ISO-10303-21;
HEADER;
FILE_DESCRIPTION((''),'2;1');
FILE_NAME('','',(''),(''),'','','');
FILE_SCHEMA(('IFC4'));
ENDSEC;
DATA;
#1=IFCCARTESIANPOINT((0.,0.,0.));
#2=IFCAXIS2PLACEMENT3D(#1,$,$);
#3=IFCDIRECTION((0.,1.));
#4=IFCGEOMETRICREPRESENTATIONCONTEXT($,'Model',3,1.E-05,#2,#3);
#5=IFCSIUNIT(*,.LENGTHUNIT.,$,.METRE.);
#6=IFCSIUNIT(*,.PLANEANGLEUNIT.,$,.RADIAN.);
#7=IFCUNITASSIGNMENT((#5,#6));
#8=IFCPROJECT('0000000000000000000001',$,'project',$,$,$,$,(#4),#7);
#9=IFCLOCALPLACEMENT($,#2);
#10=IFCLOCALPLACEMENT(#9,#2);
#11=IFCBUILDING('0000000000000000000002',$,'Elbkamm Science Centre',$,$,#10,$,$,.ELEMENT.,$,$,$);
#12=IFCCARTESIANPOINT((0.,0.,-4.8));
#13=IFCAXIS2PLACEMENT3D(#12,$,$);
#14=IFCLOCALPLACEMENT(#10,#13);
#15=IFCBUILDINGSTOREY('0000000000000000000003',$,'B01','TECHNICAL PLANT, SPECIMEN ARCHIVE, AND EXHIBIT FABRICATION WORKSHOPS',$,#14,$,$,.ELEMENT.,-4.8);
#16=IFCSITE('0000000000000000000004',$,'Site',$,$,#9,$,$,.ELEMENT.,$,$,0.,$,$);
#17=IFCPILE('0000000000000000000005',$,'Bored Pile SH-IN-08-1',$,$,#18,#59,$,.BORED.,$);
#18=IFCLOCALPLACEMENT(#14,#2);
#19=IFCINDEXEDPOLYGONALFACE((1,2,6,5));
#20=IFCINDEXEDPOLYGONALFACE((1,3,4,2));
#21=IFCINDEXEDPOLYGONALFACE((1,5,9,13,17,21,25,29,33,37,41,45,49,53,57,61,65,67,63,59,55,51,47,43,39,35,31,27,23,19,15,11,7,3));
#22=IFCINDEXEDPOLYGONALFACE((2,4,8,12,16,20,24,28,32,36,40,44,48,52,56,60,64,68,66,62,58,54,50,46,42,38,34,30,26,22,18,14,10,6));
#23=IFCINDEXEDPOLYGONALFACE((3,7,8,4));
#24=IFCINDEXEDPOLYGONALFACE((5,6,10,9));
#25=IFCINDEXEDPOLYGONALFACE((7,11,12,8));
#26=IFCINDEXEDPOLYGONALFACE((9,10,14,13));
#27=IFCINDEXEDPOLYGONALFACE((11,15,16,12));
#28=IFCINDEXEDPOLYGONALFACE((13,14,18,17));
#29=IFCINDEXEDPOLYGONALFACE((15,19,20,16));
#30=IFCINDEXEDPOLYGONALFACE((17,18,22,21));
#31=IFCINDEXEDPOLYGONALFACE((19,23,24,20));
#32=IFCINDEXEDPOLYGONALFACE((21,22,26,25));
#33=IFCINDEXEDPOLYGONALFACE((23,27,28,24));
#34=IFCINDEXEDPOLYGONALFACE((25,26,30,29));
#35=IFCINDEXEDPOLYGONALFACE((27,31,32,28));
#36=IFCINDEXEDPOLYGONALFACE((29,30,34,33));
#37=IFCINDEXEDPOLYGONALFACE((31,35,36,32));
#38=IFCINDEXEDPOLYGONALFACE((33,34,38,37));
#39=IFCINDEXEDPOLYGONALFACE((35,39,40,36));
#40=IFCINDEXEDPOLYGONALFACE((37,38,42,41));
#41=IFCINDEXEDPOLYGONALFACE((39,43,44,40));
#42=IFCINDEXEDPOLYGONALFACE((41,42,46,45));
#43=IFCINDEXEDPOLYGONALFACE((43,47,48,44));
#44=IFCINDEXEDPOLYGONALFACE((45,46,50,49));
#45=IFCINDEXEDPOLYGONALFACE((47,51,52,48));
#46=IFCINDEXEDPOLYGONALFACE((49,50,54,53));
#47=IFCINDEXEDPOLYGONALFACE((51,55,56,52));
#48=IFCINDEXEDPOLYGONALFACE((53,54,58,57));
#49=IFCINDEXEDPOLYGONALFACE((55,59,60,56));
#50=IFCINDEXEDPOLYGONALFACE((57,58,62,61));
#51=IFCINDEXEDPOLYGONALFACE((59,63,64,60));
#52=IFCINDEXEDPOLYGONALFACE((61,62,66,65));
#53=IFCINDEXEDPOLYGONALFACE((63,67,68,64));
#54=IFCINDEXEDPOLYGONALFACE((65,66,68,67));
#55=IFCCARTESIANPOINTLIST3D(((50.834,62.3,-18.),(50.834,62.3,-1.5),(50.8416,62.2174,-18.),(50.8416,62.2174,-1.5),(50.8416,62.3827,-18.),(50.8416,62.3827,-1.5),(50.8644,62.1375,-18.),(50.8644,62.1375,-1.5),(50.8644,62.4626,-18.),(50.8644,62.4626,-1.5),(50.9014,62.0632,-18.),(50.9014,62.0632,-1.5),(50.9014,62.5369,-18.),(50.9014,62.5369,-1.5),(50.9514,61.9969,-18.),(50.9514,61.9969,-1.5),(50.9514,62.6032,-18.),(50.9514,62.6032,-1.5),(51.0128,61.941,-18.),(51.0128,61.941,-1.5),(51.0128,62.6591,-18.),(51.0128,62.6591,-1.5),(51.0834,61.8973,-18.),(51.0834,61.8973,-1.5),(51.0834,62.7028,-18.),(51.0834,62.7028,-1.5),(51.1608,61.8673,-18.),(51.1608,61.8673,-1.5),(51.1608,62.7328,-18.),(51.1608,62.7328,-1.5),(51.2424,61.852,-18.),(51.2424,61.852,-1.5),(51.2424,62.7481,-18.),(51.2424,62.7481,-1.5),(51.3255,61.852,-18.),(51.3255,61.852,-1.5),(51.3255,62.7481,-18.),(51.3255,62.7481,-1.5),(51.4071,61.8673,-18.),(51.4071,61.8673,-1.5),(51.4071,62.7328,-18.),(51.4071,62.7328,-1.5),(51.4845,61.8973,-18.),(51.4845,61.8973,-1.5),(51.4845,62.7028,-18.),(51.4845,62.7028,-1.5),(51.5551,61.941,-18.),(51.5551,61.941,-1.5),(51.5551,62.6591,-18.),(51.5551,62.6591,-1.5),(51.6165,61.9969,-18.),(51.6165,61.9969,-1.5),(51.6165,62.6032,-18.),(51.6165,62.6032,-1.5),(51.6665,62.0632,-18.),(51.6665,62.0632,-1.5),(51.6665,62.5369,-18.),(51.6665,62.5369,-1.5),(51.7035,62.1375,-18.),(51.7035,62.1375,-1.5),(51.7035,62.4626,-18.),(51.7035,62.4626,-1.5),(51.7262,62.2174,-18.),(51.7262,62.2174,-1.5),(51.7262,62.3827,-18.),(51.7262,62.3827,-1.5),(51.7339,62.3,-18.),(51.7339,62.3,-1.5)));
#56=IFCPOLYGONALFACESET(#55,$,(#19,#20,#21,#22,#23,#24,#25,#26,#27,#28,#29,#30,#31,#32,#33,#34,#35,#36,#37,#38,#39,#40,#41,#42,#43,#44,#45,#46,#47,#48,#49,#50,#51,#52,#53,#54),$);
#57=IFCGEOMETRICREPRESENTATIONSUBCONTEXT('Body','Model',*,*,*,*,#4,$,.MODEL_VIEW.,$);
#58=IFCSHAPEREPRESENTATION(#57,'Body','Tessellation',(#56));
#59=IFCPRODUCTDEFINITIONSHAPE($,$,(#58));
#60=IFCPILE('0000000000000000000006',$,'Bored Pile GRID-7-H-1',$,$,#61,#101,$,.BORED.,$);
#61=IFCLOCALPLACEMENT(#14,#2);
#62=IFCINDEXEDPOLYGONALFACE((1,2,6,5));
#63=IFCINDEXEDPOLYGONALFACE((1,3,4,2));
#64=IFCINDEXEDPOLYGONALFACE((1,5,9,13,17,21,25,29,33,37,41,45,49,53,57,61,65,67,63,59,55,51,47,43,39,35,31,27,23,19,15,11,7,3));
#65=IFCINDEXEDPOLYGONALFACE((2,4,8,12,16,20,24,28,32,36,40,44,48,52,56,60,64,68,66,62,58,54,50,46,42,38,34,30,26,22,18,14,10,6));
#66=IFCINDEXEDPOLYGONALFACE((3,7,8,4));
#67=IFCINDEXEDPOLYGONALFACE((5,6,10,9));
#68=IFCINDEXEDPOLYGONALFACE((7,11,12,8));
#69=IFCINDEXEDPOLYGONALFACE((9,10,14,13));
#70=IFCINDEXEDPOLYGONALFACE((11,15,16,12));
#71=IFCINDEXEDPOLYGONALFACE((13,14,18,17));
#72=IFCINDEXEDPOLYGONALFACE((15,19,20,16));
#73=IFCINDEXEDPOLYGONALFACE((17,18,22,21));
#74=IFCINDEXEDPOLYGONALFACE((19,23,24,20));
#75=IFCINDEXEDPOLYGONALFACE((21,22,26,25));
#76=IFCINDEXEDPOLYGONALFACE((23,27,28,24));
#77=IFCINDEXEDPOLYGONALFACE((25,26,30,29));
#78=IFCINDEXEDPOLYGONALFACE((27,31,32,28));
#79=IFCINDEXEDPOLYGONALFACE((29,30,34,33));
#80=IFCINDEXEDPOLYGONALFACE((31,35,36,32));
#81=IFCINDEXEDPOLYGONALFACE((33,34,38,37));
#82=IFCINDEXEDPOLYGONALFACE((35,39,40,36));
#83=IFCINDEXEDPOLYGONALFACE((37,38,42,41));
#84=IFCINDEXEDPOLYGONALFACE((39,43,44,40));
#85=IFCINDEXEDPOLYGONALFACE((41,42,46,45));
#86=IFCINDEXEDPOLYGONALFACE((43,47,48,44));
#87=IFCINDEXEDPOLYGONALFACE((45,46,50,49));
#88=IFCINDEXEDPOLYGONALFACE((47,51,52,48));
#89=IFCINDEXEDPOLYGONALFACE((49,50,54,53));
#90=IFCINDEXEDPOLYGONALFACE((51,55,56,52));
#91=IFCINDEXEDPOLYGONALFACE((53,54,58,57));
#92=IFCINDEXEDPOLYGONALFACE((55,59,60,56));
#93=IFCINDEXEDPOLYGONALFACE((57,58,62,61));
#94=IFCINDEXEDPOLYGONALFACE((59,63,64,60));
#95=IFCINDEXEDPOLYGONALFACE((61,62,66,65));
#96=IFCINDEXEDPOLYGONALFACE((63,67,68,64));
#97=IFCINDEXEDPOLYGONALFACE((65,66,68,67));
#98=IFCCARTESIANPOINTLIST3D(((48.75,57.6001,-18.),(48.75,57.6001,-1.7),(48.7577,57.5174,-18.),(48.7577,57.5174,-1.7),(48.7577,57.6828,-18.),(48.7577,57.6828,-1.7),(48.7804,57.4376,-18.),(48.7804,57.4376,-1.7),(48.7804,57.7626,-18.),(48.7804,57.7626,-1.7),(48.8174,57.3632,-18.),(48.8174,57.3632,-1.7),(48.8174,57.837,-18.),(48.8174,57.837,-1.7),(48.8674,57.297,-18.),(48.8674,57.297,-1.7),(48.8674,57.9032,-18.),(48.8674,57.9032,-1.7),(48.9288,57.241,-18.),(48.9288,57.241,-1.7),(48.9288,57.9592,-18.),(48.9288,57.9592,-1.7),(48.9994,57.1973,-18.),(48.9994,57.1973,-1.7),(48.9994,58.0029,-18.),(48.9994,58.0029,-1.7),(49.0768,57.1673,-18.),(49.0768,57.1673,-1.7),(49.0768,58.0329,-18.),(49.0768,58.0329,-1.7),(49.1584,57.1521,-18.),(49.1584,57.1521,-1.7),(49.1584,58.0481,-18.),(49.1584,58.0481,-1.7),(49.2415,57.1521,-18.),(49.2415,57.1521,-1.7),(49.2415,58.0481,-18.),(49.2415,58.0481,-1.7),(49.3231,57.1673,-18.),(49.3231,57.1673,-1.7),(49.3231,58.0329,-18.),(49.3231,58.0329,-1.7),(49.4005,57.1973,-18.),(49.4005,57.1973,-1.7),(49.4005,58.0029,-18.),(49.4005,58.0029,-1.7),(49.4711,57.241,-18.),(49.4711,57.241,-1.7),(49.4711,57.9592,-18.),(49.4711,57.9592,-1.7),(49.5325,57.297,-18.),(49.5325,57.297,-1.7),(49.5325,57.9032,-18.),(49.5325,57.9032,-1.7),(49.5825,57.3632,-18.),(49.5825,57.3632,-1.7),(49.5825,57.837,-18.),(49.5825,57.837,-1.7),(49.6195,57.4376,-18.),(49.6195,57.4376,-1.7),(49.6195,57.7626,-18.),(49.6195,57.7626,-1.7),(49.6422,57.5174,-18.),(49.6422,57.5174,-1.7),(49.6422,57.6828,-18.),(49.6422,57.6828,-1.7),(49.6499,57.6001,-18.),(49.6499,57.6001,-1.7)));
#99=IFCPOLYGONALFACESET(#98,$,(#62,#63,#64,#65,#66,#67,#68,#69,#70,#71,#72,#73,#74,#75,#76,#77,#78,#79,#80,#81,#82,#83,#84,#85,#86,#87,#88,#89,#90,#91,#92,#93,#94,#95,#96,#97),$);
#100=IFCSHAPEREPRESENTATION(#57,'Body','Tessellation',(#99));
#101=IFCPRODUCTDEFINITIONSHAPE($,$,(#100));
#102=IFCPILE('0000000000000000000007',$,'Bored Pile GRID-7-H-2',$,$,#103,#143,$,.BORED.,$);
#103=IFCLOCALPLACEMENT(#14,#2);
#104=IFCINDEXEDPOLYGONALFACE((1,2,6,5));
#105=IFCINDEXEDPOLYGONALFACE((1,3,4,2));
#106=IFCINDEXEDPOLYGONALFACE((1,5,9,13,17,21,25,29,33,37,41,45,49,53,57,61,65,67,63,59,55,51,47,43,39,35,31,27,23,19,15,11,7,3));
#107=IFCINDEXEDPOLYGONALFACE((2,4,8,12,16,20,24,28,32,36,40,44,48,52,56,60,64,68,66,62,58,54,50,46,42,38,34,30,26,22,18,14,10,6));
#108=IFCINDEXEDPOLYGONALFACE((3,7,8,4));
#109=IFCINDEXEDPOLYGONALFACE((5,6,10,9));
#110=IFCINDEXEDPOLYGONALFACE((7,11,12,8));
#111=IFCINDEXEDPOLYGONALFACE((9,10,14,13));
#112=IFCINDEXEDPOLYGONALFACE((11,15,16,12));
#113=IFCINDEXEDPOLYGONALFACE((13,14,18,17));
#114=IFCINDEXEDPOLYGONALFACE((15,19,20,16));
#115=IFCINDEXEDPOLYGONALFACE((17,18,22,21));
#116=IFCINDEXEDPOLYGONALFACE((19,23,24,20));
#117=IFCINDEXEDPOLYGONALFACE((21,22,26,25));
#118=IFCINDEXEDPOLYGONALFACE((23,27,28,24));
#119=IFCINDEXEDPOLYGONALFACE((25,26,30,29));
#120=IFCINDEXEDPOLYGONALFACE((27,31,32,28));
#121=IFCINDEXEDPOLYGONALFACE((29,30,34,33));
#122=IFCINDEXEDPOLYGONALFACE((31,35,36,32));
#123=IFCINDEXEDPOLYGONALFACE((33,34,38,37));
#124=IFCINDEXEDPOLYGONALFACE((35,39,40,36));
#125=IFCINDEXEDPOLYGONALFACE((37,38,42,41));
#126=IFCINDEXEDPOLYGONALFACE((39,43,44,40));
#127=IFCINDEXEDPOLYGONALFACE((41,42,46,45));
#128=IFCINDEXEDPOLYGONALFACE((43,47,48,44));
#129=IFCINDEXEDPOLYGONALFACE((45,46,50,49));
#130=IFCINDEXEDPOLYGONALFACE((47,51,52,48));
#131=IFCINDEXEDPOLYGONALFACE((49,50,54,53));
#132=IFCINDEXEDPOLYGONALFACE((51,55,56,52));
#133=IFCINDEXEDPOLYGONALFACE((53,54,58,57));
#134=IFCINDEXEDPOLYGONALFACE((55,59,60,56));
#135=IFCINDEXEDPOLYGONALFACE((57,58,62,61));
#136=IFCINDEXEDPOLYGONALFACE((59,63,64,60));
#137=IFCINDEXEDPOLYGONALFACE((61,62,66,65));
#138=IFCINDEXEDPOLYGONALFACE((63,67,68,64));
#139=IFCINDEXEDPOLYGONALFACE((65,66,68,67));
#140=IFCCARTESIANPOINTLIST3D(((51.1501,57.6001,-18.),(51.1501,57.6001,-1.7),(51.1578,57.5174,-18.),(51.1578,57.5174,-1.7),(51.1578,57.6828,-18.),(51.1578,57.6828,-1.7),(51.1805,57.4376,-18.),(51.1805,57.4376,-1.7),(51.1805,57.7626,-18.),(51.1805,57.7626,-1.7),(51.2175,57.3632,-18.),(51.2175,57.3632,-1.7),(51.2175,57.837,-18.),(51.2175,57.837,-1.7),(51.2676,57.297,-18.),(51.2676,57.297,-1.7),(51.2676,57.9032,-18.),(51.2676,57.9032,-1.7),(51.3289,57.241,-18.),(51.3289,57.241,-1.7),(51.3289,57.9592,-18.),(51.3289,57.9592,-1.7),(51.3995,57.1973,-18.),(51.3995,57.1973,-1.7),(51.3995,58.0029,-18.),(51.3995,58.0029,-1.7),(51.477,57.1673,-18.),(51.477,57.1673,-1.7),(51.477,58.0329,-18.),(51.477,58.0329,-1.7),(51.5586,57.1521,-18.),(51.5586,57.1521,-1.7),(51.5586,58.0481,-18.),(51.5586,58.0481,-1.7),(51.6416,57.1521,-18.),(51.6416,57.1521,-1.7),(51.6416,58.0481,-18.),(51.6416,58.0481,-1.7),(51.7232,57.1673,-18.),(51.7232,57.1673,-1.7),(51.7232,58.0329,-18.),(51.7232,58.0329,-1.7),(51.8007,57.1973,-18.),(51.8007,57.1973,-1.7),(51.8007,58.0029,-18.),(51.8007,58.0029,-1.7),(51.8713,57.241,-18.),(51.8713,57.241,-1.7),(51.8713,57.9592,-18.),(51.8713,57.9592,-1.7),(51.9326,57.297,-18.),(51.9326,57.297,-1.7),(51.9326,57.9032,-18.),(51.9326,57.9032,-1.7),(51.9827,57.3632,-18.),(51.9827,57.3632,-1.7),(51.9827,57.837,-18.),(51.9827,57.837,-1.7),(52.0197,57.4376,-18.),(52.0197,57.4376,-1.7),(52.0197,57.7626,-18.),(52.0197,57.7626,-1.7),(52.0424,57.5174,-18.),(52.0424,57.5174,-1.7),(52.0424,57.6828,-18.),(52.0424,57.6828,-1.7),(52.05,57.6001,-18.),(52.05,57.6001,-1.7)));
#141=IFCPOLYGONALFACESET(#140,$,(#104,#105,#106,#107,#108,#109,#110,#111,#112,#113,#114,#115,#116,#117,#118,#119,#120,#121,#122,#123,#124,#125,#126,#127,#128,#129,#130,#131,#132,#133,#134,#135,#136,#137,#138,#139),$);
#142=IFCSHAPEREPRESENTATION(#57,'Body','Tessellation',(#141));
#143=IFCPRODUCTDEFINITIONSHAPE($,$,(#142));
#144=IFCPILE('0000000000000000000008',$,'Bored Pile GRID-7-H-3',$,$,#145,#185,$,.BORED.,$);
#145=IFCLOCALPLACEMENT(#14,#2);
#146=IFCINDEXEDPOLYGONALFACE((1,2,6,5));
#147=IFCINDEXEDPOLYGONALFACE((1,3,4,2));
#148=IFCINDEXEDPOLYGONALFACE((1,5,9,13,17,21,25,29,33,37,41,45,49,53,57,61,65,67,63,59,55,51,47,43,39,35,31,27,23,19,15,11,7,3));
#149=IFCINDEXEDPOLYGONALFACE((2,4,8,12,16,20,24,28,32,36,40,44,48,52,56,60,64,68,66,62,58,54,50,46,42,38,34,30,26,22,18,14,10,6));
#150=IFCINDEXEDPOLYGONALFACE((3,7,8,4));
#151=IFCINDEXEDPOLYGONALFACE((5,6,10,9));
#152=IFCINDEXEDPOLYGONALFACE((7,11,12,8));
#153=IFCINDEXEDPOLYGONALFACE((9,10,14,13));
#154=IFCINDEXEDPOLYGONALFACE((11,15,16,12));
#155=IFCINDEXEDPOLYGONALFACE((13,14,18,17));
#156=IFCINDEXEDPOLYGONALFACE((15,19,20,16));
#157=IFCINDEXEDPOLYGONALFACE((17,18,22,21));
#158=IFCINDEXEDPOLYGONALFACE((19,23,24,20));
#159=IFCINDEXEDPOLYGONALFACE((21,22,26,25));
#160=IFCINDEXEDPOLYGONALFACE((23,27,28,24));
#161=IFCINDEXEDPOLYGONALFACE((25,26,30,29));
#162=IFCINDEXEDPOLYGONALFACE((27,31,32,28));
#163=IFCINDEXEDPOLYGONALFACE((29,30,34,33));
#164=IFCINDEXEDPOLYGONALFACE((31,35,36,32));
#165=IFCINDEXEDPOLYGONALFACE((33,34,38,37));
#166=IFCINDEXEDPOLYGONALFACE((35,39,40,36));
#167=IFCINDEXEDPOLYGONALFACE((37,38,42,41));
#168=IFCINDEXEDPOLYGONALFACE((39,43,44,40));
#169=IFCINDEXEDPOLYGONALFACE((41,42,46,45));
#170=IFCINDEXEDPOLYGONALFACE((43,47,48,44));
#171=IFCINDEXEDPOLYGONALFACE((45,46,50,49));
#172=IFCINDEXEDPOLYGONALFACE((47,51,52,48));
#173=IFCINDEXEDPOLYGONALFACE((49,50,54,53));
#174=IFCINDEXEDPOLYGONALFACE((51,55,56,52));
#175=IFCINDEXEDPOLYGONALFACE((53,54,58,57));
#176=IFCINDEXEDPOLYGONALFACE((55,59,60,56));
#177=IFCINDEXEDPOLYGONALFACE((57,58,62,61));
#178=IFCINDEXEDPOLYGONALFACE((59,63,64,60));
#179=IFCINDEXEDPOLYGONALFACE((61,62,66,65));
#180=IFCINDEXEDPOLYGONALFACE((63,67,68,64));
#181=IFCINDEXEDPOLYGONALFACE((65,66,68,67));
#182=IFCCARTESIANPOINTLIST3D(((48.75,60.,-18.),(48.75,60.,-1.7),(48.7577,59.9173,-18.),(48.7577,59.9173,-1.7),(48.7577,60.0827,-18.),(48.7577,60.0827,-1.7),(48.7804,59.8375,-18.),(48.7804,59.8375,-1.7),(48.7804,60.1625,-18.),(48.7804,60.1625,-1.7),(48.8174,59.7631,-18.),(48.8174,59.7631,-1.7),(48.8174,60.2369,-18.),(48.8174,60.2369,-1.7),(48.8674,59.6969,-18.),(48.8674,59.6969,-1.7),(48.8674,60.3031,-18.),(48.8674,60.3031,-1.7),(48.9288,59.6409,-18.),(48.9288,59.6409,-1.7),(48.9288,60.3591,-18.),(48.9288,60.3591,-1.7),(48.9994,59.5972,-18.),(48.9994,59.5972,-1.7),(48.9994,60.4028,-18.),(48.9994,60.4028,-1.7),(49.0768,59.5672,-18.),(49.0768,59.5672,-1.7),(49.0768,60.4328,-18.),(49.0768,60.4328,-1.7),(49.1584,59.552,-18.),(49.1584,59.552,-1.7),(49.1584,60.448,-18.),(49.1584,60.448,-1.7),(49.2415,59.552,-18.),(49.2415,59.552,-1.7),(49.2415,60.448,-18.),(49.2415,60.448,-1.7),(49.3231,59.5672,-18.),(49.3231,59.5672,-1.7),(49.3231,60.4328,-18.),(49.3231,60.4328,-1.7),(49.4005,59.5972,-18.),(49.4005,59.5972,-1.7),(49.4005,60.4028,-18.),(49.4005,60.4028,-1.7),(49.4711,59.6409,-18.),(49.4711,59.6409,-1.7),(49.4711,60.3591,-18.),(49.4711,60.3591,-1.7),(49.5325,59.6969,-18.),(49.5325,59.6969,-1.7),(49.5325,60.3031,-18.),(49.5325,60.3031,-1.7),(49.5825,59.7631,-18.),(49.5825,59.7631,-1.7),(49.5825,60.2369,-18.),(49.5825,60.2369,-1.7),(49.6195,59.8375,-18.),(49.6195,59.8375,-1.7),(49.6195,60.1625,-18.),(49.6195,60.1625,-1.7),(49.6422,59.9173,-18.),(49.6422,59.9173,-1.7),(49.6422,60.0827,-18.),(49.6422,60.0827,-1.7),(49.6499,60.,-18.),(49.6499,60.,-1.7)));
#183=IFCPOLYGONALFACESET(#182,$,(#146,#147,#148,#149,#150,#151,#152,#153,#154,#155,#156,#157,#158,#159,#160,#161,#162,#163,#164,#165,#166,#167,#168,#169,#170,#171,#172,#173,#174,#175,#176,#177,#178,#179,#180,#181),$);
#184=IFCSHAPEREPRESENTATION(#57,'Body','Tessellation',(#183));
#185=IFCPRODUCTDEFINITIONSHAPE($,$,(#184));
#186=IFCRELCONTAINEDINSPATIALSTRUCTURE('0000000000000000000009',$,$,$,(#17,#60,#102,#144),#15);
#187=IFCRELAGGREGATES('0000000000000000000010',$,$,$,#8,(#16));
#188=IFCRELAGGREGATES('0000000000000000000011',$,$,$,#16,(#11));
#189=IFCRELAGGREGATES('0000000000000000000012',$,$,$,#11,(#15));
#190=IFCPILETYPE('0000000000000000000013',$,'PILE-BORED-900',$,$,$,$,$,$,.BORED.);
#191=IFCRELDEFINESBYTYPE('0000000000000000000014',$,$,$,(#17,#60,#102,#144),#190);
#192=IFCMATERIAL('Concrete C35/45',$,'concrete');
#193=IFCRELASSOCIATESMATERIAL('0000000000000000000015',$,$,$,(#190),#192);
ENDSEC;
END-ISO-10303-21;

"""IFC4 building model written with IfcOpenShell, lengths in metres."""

from ifc_helpers import new_model, si_unit, direction, frame, origin, origin_2d, place, context, subcontext, project, spatial, circle, extrude, material, material_profile, profile_set, type_object, element, save


model = new_model("IFC4")

# Units and contexts
model_context = context("Model", 3, precision=1e-05, world=origin(), true_north=direction((0.0, 1.0)))
body_context = subcontext(model_context, "Body", "Model", "MODEL_VIEW")
ifc_project = project(units=[si_unit("LENGTHUNIT", "METRE"), si_unit("PLANEANGLEUNIT", "RADIAN")], contexts=[model_context])

# Site, building, storey
site_placement = place(None, origin())
site = spatial("IfcSite", under=ifc_project, at=site_placement, Name="Site", CompositionType="ELEMENT", RefElevation=0.0)
building_placement = place(site_placement, origin())
building = spatial("IfcBuilding", under=site, at=building_placement, Name="Elbkamm Science Centre", CompositionType="ELEMENT")
storey_placement = place(building_placement, frame((0.0, 0.0, -4.8)))
storey = spatial("IfcBuildingStorey", under=building, at=storey_placement, Name="B01", Description="TECHNICAL PLANT, SPECIMEN ARCHIVE, AND EXHIBIT FABRICATION WORKSHOPS", CompositionType="ELEMENT", Elevation=-4.8)

# Shared definitions
ifc_material_1 = material(Name="Concrete C35/45", Category="concrete")

# Piles
ifc_material_profile_1 = material_profile(ifc_material_1, circle(Radius=0.45, at=origin_2d()), Name="PILE D900")
ifc_profile_set_1 = profile_set([ifc_material_profile_1], Name="Concrete C35/45")
pile_type = type_object("IfcPileType", Name="PILE-BORED-900", PredefinedType="BORED", material=ifc_profile_set_1)
for number, where, z_axis, x_axis, name in (
    (1, (51.2839, 62.3, -1.5), (0.0, 0.0, -1.0), (1.0, 0.0, 0.0), "Bored Pile SH-IN-08-1"),
):
    element("IfcPile", number, at=place(storey_placement, frame(where, z_axis=z_axis, x_axis=x_axis)), inside=storey, type_object=pile_type, Name=name, PredefinedType="BORED", context=body_context, shape_type="SweptSolid", body=[
        extrude(circle(Radius=0.45, at=origin_2d()), origin(), (0.0, 0.0, 1.0), 16.5),
    ])
for number, where, z_axis, x_axis, name in (
    (2, (49.2, 57.6001, -1.7), (0.0, 0.0, -1.0), (1.0, 0.0, 0.0), "Bored Pile GRID-7-H-1"),
    (3, (51.6001, 57.6001, -1.7), (0.0, 0.0, -1.0), (1.0, 0.0, 0.0), "Bored Pile GRID-7-H-2"),
    (4, (49.2, 60.0, -1.7), (0.0, 0.0, -1.0), (1.0, 0.0, 0.0), "Bored Pile GRID-7-H-3"),
):
    element("IfcPile", number, at=place(storey_placement, frame(where, z_axis=z_axis, x_axis=x_axis)), inside=storey, type_object=pile_type, Name=name, PredefinedType="BORED", context=body_context, shape_type="SweptSolid", body=[
        extrude(circle(Radius=0.45, at=origin_2d()), origin(), (0.0, 0.0, 1.0), 16.3),
    ])

save(model, "model.ifc")
